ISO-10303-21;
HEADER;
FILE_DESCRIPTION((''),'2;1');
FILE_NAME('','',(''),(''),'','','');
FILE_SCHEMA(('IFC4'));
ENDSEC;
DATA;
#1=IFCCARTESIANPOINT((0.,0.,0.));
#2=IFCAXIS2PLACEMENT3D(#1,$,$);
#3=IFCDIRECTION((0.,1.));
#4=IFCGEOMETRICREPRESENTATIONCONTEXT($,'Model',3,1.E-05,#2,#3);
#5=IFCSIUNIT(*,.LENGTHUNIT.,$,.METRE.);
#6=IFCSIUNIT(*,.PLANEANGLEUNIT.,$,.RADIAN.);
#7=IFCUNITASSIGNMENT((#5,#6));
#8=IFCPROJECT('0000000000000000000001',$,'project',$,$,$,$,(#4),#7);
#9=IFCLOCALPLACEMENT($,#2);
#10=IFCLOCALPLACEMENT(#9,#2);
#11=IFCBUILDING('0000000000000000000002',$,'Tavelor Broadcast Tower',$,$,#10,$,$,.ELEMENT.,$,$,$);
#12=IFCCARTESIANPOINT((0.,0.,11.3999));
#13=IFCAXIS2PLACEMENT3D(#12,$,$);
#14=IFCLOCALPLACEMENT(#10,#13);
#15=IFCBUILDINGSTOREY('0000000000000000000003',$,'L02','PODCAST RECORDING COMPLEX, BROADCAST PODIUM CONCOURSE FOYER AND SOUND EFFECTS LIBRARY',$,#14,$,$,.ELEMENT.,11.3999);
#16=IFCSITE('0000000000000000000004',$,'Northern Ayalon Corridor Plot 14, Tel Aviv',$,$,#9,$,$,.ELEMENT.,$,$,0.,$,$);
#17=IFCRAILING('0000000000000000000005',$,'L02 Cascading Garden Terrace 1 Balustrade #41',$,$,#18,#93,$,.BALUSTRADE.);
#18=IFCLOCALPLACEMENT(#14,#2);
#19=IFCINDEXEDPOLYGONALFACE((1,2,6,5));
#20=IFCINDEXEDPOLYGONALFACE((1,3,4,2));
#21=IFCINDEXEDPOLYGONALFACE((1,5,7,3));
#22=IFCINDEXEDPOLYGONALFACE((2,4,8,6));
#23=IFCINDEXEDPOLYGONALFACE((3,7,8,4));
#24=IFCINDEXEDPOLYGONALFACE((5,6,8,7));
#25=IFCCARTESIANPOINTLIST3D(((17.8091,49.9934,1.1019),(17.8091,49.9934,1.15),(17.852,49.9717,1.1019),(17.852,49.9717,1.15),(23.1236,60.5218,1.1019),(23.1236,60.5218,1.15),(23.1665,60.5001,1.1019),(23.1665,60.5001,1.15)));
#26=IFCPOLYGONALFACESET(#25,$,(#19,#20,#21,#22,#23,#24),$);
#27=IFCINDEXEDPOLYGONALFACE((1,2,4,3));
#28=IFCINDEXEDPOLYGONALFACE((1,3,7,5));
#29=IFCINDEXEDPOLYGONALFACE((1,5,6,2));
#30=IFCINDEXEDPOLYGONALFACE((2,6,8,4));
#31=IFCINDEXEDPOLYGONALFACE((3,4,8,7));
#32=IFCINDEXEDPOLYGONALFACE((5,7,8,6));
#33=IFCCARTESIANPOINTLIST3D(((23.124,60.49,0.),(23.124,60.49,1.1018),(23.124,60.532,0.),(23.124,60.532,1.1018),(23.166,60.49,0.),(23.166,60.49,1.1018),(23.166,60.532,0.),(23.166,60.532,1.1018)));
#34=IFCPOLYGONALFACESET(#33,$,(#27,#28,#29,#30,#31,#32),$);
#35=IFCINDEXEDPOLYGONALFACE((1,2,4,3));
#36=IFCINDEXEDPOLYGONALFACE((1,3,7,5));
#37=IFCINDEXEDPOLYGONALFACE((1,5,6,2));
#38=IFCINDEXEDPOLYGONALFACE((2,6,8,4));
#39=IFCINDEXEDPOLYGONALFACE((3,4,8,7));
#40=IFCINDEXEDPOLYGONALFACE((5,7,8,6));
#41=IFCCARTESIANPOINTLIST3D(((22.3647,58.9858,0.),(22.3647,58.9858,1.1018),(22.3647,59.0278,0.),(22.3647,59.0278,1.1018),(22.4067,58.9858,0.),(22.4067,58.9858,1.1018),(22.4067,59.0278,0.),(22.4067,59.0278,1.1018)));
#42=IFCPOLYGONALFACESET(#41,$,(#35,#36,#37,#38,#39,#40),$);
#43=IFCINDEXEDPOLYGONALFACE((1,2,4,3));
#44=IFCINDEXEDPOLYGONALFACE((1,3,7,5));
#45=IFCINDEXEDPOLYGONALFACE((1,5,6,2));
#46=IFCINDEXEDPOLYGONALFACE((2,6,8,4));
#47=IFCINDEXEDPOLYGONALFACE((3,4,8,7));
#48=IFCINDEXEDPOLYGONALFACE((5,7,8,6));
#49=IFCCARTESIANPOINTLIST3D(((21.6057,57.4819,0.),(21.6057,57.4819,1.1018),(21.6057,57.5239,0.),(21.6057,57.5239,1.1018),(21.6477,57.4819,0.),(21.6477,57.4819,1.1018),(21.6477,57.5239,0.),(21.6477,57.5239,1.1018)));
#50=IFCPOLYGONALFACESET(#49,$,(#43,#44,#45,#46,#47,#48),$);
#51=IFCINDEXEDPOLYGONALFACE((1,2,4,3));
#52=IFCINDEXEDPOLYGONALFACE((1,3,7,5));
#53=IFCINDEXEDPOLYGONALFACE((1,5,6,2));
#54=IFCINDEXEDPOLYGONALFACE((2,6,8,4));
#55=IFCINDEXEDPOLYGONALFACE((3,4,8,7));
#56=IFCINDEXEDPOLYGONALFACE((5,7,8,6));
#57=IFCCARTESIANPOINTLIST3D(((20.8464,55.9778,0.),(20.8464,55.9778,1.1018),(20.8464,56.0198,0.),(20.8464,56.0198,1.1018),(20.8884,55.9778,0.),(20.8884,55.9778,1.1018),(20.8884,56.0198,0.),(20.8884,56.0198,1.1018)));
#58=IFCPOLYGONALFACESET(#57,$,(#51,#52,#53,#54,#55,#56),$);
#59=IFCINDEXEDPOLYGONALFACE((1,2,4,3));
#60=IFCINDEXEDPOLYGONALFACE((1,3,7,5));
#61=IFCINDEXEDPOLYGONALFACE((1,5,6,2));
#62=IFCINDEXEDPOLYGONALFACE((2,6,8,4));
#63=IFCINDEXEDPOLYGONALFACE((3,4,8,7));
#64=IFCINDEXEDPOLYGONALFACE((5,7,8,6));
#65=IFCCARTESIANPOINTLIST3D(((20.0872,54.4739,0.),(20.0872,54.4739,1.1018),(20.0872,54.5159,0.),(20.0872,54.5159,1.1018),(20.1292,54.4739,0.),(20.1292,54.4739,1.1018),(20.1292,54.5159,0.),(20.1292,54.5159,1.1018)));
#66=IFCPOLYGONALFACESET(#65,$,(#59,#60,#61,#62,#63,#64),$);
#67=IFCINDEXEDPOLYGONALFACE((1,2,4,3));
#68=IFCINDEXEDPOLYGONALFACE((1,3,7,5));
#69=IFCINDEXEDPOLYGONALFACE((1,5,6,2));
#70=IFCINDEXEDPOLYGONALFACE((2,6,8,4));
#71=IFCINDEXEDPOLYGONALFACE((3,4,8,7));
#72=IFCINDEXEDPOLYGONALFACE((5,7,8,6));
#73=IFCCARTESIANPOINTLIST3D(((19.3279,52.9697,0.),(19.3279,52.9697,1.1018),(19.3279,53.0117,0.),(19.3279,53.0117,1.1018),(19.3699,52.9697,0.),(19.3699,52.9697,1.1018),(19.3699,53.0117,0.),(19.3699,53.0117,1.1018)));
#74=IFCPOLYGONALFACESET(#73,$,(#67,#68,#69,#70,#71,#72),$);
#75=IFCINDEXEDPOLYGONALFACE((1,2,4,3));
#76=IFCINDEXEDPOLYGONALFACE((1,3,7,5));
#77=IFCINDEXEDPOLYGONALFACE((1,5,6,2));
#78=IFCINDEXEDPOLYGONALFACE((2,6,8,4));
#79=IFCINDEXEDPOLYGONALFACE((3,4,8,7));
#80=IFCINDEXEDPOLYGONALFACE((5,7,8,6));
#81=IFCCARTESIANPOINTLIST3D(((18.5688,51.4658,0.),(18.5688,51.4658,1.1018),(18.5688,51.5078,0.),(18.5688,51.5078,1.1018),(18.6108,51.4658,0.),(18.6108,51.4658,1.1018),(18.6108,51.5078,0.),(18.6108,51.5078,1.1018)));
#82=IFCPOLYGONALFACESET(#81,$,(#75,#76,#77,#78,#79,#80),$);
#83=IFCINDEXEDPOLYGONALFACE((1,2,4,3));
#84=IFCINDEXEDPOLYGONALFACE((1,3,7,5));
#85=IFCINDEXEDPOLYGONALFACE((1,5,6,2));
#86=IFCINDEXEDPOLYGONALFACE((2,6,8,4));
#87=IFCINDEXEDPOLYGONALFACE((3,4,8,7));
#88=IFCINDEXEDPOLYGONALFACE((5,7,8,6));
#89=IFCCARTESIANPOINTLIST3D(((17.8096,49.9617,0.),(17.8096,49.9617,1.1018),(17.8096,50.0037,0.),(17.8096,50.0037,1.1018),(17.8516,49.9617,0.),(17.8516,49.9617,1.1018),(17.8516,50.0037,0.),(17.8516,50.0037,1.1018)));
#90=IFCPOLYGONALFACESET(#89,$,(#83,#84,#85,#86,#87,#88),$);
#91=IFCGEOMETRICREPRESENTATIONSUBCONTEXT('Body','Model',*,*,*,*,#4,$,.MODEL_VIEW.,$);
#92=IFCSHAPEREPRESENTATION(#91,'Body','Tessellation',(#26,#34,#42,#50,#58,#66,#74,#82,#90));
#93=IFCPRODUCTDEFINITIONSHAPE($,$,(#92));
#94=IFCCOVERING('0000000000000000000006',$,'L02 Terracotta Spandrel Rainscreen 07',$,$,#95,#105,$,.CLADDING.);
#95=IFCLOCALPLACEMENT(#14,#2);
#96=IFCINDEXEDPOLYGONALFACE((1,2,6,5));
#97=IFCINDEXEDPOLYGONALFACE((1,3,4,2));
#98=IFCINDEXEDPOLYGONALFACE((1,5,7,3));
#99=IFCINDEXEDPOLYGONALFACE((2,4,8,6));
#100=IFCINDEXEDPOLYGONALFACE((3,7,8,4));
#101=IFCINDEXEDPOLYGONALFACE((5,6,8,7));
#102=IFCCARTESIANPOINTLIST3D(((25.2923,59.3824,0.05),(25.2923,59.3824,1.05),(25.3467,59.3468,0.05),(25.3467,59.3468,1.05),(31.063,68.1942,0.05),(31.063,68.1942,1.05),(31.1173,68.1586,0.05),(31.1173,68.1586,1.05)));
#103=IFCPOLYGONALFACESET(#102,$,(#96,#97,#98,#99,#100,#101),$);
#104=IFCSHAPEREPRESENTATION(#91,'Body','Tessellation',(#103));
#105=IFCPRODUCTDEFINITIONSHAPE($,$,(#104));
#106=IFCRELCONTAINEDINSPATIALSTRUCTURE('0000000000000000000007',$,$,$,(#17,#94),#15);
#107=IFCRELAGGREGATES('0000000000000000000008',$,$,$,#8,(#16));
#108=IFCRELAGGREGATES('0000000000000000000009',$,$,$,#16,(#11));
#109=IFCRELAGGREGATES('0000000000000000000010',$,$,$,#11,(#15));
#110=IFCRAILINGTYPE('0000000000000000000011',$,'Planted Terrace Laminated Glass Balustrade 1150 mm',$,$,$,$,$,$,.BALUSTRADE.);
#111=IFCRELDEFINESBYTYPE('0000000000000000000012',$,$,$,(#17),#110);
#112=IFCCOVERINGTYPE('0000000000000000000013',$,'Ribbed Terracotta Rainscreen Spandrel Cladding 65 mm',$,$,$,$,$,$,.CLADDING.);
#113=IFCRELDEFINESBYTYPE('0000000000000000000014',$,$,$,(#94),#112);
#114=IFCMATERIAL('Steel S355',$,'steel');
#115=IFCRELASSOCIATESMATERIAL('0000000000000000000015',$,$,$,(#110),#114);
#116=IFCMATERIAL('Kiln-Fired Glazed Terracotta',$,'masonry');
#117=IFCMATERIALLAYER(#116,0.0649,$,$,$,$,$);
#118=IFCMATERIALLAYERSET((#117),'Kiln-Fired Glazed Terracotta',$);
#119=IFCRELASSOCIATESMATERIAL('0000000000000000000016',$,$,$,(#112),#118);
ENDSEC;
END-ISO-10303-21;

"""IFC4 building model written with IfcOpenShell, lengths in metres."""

from ifc_helpers import new_model, si_unit, direction, frame, origin, origin_2d, place, context, subcontext, project, spatial, rectangle, extrude, material, layer, layer_set, type_object, element, save


model = new_model("IFC4")

# Units and contexts
model_context = context("Model", 3, precision=1e-05, world=origin(), true_north=direction((0.0, 1.0)))
body_context = subcontext(model_context, "Body", "Model", "MODEL_VIEW")
ifc_project = project(units=[si_unit("LENGTHUNIT", "METRE"), si_unit("PLANEANGLEUNIT", "RADIAN")], contexts=[model_context])

# Site, building, storey
site_placement = place(None, origin())
site = spatial("IfcSite", under=ifc_project, at=site_placement, Name="Northern Ayalon Corridor Plot 14, Tel Aviv", CompositionType="ELEMENT", RefElevation=0.0)
building_placement = place(site_placement, origin())
building = spatial("IfcBuilding", under=site, at=building_placement, Name="Tavelor Broadcast Tower", CompositionType="ELEMENT")
storey_placement = place(building_placement, frame((0.0, 0.0, 11.3999)))
storey = spatial("IfcBuildingStorey", under=building, at=storey_placement, Name="L02", Description="PODCAST RECORDING COMPLEX, BROADCAST PODIUM CONCOURSE FOYER AND SOUND EFFECTS LIBRARY", CompositionType="ELEMENT", Elevation=11.3999)

# Shared definitions
ifc_material_1 = material(Name="Steel S355", Category="steel")

# Railing
railing_type = type_object("IfcRailingType", Name="Planted Terrace Laminated Glass Balustrade 1150 mm", PredefinedType="BALUSTRADE", material=ifc_material_1)
railing_1_placement = place(storey_placement, frame((23.145, 60.511, 0.0)))
element("IfcRailing", 1, at=railing_1_placement, inside=storey, type_object=railing_type, Name="L02 Cascading Garden Terrace 1 Balustrade #41", PredefinedType="BALUSTRADE", context=body_context, shape_type="SweptSolid", body=[
    extrude(rectangle(XDim=0.0481, YDim=0.0481, at=origin_2d()), frame((0.0, 0.0, 1.126), z_axis=(-0.450622, -0.892715, 0.0), x_axis=(0.892715, -0.450622, 0.0)), (0.0, 0.0, 1.0), 11.7937),
    extrude(rectangle(XDim=0.042, YDim=0.042, at=origin_2d()), origin(), (0.0, 0.0, 1.0), 1.1018),
    extrude(rectangle(XDim=0.042, YDim=0.042, at=origin_2d()), frame((-0.7593, -1.5042, 0.0)), (0.0, 0.0, 1.0), 1.1018),
    extrude(rectangle(XDim=0.042, YDim=0.042, at=origin_2d()), frame((-1.5183, -3.0081, 0.0)), (0.0, 0.0, 1.0), 1.1018),
    extrude(rectangle(XDim=0.042, YDim=0.042, at=origin_2d()), frame((-2.2776, -4.5122, 0.0)), (0.0, 0.0, 1.0), 1.1018),
    extrude(rectangle(XDim=0.042, YDim=0.042, at=origin_2d()), frame((-3.0369, -6.0161, 0.0)), (0.0, 0.0, 1.0), 1.1018),
    extrude(rectangle(XDim=0.042, YDim=0.042, at=origin_2d()), frame((-3.7961, -7.5203, 0.0)), (0.0, 0.0, 1.0), 1.1018),
    extrude(rectangle(XDim=0.042, YDim=0.042, at=origin_2d()), frame((-4.5552, -9.0242, 0.0)), (0.0, 0.0, 1.0), 1.1018),
    extrude(rectangle(XDim=0.042, YDim=0.042, at=origin_2d()), frame((-5.3145, -10.5283, 0.0)), (0.0, 0.0, 1.0), 1.1018),
])

# Covering
ifc_material_2 = material(Name="Kiln-Fired Glazed Terracotta", Category="masonry")
ifc_layer_1 = layer(ifc_material_2, 0.0649)
ifc_layer_set_1 = layer_set([ifc_layer_1], Name="Kiln-Fired Glazed Terracotta")
covering_type = type_object("IfcCoveringType", Name="Ribbed Terracotta Rainscreen Spandrel Cladding 65 mm", PredefinedType="CLADDING", material=ifc_layer_set_1)
covering_placement = place(storey_placement, frame((28.2048, 63.7705, 0.05), z_axis=(0.0, 0.0, 1.0), x_axis=(-0.547855, -0.836573, 0.0)))
element("IfcCovering", 2, at=covering_placement, inside=storey, type_object=covering_type, Name="L02 Terracotta Spandrel Rainscreen 07", PredefinedType="CLADDING", context=body_context, shape_type="SweptSolid", body=[
    extrude(rectangle(XDim=10.5332, YDim=0.0649, at=origin_2d()), origin(), (0.0, 0.0, 1.0), 1.0),
])

save(model, "model.ifc")
